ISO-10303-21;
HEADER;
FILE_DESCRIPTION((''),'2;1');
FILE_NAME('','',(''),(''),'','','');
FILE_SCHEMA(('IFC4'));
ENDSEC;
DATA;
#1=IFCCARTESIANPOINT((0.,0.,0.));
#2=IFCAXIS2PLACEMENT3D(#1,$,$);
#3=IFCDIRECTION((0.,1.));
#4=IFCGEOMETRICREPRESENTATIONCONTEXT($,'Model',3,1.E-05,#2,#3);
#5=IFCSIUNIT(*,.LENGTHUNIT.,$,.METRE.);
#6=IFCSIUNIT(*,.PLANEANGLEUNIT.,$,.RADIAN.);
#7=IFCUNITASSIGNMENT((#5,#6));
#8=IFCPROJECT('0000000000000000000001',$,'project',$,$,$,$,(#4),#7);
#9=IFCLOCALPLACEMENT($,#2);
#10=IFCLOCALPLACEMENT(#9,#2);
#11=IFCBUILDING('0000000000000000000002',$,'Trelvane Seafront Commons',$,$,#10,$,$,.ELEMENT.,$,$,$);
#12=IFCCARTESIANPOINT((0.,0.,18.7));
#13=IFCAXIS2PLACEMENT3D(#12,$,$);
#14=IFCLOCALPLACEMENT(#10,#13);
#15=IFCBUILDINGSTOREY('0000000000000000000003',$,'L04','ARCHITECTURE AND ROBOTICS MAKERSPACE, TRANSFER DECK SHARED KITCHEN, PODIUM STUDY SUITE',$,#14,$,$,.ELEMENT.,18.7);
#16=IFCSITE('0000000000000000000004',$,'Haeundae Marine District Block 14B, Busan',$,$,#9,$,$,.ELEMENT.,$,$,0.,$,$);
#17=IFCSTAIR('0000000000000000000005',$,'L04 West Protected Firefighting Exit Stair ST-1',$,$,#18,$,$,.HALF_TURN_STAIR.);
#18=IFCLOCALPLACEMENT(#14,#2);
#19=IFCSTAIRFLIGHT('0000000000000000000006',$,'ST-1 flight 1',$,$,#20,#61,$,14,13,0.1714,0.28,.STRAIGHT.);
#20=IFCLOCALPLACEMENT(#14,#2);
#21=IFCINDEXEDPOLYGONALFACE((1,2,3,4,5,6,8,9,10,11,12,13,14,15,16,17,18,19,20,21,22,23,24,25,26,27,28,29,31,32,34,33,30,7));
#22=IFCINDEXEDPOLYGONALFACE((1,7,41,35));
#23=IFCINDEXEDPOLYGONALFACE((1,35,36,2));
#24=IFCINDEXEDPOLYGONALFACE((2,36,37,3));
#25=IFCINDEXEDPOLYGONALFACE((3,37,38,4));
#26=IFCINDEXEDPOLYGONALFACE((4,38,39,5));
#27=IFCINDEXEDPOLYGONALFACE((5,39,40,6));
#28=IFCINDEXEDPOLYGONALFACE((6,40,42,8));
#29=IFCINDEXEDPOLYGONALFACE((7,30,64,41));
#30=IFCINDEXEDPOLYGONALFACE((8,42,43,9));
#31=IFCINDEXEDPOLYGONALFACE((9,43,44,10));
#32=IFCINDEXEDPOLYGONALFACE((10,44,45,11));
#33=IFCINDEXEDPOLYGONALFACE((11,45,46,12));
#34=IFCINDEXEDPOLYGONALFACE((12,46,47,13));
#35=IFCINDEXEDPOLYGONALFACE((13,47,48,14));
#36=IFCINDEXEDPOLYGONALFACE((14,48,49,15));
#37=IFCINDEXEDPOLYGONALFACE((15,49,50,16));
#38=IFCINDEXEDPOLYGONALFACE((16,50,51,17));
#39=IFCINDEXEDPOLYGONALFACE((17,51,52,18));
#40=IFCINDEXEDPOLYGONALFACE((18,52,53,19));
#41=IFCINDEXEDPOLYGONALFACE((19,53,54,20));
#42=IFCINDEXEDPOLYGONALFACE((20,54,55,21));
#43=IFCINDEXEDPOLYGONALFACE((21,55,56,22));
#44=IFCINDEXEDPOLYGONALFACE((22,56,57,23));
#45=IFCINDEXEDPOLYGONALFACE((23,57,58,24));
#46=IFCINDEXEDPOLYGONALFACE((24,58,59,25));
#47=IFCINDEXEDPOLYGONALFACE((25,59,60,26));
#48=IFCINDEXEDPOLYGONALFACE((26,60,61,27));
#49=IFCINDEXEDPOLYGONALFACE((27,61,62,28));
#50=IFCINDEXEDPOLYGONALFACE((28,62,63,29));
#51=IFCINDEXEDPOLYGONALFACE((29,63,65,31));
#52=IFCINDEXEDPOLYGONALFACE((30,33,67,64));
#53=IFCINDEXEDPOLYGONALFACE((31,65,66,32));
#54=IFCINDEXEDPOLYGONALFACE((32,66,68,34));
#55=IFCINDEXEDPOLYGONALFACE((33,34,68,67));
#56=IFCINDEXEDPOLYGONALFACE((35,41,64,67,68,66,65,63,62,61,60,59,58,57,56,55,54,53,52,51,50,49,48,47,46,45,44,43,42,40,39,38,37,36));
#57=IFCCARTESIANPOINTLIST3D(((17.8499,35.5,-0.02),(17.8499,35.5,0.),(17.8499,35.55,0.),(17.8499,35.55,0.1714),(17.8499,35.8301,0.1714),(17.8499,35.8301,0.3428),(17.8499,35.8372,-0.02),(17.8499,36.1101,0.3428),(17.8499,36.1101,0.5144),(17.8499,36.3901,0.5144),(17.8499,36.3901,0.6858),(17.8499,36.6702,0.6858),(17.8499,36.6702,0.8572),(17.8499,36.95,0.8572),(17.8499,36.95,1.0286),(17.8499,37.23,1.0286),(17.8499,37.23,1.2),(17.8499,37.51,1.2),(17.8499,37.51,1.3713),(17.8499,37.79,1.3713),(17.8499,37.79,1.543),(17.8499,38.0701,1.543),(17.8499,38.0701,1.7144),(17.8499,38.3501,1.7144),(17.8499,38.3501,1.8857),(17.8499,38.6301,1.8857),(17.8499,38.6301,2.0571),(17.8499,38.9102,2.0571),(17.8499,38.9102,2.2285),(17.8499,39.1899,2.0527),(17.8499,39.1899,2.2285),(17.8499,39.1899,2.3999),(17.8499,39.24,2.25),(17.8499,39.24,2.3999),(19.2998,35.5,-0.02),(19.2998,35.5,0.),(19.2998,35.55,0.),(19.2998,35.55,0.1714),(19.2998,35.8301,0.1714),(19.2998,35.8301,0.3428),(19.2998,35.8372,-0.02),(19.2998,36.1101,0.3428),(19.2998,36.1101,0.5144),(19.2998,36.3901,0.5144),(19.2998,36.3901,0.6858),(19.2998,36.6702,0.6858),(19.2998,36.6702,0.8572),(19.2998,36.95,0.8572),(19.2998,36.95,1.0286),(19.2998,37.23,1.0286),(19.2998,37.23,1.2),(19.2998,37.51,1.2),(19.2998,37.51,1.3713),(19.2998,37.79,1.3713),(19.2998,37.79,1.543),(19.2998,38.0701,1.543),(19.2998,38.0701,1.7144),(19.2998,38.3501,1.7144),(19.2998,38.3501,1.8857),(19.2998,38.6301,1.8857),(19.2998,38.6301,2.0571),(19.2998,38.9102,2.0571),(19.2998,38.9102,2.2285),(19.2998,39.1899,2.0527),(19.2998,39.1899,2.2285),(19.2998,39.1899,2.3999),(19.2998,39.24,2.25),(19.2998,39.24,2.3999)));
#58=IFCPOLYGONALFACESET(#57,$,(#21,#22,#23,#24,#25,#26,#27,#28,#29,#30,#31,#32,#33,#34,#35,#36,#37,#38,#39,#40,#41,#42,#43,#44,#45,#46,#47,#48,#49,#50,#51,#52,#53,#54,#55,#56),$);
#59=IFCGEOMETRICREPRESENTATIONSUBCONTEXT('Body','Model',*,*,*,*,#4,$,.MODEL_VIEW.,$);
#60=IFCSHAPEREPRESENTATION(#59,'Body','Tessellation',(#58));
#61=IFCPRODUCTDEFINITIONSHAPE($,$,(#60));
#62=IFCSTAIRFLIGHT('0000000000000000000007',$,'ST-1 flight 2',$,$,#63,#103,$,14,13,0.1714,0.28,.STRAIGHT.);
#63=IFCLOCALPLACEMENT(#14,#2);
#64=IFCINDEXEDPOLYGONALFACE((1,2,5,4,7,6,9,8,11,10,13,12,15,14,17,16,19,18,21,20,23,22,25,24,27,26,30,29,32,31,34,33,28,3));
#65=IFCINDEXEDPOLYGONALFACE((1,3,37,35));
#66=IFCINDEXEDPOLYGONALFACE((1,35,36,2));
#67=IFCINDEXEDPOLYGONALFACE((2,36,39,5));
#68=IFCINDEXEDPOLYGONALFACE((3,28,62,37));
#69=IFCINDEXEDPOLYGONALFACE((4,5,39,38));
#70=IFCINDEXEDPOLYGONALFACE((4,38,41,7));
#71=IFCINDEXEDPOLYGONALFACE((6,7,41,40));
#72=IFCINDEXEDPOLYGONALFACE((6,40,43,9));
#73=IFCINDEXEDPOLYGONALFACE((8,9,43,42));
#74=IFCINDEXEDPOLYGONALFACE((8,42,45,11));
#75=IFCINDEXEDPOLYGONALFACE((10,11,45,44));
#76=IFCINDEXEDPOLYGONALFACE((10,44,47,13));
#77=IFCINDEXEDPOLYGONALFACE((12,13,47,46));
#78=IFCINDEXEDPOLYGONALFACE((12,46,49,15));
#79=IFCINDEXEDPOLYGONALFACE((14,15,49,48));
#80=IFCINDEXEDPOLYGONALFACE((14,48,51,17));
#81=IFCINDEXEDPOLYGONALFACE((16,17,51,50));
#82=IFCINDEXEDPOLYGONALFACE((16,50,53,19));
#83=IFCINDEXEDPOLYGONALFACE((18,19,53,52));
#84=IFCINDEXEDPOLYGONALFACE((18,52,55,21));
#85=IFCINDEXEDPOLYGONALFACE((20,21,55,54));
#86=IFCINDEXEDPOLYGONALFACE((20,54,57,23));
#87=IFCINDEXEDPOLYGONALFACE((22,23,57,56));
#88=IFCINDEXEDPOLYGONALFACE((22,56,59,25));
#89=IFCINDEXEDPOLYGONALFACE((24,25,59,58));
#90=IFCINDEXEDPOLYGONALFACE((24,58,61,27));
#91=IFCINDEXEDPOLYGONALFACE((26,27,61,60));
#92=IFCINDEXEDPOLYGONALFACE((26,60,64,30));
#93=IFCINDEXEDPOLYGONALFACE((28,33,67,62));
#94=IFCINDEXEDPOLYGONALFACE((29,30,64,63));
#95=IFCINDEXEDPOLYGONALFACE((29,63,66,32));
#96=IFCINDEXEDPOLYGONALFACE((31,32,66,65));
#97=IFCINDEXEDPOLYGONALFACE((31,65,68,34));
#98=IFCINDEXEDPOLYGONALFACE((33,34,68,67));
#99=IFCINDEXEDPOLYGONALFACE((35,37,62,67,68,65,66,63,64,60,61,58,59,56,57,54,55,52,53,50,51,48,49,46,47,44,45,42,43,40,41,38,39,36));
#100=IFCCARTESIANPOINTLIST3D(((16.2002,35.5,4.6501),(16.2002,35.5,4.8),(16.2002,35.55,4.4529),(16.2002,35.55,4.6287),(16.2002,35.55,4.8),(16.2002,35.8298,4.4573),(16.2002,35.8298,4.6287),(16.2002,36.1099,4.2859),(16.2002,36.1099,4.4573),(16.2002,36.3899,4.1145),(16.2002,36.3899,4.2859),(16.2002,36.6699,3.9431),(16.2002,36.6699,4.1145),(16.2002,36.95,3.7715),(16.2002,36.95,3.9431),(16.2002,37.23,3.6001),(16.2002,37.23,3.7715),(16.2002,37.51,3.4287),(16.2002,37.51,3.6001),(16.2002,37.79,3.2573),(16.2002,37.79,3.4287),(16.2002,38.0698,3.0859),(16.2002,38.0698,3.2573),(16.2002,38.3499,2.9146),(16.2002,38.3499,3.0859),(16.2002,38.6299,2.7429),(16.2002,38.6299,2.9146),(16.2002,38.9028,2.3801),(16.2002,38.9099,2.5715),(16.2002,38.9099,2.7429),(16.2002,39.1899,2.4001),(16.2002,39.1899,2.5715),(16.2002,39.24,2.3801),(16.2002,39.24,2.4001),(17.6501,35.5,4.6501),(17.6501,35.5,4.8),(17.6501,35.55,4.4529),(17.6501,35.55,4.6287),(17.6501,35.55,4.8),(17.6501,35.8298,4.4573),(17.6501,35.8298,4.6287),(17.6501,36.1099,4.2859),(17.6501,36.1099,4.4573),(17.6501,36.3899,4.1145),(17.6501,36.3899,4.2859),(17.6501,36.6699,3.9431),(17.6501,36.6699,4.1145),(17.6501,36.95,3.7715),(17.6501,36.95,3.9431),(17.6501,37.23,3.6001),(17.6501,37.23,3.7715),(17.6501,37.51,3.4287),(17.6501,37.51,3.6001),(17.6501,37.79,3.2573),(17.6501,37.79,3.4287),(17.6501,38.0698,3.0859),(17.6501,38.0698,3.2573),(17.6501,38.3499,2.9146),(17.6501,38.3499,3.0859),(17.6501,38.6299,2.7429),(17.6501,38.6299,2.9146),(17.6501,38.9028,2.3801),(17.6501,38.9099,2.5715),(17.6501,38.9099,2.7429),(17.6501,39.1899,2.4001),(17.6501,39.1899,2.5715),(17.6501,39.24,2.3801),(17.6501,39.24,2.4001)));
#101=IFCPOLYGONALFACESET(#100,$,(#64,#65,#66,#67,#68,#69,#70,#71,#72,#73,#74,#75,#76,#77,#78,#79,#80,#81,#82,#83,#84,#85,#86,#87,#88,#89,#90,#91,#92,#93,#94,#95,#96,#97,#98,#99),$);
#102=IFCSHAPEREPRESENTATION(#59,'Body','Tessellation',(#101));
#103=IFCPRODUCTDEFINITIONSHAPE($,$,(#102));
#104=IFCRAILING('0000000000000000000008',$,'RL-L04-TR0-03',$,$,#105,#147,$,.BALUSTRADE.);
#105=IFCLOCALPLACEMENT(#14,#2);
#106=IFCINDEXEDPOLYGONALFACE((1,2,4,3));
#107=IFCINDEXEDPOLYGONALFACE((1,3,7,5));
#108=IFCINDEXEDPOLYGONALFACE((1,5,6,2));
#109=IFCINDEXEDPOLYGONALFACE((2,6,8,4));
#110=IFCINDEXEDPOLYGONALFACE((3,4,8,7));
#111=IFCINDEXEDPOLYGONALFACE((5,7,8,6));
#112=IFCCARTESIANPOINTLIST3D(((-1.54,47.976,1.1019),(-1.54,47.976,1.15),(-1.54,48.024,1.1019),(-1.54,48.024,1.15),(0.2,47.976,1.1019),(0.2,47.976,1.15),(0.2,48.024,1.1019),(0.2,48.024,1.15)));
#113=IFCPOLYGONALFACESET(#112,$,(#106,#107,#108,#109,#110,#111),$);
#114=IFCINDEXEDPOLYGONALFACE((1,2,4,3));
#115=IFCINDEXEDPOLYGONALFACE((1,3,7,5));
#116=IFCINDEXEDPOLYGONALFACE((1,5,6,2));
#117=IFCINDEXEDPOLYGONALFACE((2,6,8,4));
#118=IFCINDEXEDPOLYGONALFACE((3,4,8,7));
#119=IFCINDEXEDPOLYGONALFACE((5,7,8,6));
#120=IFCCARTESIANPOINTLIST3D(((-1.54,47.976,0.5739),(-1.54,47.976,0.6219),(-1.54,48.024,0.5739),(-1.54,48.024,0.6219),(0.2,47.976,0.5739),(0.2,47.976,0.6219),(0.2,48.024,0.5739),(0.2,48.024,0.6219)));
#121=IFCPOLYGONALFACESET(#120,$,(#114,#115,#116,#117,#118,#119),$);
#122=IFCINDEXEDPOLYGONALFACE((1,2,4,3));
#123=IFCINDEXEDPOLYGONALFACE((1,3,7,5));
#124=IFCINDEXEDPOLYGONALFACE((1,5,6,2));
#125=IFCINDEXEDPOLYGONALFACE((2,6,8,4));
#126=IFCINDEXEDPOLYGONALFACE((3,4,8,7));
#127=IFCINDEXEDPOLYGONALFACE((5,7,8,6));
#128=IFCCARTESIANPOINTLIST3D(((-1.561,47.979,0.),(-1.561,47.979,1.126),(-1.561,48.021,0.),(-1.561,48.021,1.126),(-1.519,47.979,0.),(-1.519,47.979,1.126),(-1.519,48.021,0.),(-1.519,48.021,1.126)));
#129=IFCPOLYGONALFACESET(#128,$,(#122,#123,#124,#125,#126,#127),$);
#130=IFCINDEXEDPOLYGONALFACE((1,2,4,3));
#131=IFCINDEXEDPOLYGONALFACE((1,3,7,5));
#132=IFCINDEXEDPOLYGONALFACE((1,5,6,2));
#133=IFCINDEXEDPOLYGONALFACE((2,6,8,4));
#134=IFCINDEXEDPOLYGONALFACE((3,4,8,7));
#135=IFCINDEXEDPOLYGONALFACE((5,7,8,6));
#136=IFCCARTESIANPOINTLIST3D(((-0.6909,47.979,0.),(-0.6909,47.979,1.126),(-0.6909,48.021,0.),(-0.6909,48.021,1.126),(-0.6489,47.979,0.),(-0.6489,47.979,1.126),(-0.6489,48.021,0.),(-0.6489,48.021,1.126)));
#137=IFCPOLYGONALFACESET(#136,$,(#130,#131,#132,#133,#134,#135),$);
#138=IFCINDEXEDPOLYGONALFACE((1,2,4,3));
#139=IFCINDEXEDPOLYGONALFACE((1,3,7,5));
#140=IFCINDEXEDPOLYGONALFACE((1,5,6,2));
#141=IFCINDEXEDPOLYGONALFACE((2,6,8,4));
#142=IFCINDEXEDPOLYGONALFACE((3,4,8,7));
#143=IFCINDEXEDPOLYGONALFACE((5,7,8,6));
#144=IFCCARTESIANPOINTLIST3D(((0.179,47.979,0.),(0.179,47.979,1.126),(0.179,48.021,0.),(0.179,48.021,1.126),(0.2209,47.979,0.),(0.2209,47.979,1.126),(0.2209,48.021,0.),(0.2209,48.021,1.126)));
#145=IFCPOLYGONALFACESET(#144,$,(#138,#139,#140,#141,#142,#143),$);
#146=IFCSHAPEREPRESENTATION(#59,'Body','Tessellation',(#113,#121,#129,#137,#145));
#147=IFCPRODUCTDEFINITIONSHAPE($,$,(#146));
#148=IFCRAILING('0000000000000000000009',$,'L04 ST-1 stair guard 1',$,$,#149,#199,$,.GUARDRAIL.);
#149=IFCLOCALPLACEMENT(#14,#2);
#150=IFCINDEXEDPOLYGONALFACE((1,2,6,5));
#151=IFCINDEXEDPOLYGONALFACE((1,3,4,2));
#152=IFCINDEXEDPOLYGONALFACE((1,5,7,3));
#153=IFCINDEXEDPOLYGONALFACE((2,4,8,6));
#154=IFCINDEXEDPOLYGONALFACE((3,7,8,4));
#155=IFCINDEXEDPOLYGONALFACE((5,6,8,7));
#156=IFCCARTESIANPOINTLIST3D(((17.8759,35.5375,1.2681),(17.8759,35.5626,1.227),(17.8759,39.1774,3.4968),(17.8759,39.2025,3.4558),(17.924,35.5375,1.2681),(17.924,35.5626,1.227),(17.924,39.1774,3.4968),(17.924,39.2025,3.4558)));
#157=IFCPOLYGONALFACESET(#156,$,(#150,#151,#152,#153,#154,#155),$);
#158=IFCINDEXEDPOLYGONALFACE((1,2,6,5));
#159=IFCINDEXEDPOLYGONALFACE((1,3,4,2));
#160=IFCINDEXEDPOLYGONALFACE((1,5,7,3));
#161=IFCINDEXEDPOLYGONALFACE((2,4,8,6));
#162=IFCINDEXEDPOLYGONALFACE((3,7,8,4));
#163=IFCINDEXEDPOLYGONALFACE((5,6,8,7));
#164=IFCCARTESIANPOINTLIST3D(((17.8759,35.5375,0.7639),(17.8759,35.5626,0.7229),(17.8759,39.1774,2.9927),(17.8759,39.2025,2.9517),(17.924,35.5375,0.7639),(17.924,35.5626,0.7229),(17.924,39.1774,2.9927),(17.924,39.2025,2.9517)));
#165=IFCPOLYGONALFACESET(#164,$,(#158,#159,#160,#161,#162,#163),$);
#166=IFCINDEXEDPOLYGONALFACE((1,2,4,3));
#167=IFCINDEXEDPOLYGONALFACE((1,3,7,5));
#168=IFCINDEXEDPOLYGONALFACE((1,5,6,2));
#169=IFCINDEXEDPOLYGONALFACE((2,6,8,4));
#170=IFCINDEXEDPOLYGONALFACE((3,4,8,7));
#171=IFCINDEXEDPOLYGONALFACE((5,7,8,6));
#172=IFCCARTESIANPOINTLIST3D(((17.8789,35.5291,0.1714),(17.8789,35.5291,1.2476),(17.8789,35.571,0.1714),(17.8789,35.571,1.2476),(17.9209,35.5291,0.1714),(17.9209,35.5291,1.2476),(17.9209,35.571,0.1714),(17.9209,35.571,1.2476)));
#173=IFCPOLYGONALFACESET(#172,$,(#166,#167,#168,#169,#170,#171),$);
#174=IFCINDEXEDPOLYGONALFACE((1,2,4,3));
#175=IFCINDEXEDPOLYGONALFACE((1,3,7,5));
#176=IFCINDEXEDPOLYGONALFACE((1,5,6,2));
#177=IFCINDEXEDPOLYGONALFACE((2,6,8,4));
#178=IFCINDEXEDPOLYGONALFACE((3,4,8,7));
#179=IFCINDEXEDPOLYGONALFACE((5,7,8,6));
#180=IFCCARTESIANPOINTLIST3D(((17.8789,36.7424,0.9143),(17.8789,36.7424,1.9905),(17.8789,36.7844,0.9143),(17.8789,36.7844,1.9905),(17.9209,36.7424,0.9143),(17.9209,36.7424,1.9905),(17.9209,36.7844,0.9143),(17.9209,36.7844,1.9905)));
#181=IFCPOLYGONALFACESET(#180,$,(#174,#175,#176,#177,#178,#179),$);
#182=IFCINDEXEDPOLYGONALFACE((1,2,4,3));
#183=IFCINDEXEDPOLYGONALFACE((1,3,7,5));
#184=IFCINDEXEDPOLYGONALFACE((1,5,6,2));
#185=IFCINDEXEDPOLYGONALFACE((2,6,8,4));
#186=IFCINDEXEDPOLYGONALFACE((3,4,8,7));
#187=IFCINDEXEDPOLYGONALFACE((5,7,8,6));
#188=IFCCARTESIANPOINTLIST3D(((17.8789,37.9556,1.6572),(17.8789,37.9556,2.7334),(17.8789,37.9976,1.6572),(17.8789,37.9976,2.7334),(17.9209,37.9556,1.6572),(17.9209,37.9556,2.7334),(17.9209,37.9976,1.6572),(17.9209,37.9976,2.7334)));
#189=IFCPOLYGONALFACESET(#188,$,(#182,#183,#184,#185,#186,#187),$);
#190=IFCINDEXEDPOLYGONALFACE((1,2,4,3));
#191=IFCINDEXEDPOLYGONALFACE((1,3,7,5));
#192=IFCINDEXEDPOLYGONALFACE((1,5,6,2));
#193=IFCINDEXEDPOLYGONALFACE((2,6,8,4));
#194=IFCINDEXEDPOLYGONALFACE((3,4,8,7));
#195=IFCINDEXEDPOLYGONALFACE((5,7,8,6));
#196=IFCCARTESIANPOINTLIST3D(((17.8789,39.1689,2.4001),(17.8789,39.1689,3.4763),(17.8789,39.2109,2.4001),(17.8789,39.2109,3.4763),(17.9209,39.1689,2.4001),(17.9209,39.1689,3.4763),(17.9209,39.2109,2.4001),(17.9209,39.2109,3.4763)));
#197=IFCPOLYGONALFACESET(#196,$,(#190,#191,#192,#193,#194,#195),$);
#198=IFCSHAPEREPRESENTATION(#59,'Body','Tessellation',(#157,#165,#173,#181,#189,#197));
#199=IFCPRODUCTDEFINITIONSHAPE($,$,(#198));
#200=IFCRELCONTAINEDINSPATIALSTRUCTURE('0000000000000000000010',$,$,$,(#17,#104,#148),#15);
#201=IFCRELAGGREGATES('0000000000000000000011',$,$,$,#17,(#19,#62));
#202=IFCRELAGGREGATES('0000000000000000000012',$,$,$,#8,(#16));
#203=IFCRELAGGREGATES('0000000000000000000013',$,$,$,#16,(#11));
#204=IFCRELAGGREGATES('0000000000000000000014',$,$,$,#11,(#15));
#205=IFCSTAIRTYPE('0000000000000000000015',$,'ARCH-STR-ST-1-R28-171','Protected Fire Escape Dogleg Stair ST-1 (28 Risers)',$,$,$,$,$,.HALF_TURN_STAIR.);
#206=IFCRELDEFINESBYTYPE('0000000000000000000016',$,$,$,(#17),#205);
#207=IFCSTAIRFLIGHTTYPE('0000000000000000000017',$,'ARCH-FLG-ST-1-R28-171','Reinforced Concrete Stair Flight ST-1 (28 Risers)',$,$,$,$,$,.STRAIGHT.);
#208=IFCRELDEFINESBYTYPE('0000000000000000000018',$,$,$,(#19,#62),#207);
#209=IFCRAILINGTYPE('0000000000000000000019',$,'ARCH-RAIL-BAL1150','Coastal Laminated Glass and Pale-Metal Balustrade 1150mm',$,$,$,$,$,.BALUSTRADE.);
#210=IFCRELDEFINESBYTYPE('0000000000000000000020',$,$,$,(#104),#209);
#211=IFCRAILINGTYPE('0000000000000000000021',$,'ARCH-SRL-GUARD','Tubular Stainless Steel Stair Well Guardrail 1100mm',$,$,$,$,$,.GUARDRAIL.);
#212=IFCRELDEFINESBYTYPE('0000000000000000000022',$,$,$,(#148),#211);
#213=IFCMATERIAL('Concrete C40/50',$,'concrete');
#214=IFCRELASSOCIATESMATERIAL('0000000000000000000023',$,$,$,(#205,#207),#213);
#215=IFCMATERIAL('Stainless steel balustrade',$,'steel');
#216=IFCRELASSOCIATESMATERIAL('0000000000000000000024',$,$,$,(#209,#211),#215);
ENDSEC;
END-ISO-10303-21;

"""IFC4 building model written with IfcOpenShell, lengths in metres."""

from ifc_helpers import new_model, si_unit, direction, frame, origin, origin_2d, place, context, subcontext, project, spatial, polyline, rectangle, outline, extrude, source, transform, mapped, material, type_object, element, aggregate, save


model = new_model("IFC4")

# Units and contexts
model_context = context("Model", 3, precision=1e-05, world=origin(), true_north=direction((0.0, 1.0)))
body_context = subcontext(model_context, "Body", "Model", "MODEL_VIEW")
ifc_project = project(units=[si_unit("LENGTHUNIT", "METRE"), si_unit("PLANEANGLEUNIT", "RADIAN")], contexts=[model_context])

# Site, building, storey
site_placement = place(None, origin())
site = spatial("IfcSite", under=ifc_project, at=site_placement, Name="Haeundae Marine District Block 14B, Busan", CompositionType="ELEMENT", RefElevation=0.0)
building_placement = place(site_placement, origin())
building = spatial("IfcBuilding", under=site, at=building_placement, Name="Trelvane Seafront Commons", CompositionType="ELEMENT")
storey_placement = place(building_placement, frame((0.0, 0.0, 18.7)))
storey = spatial("IfcBuildingStorey", under=building, at=storey_placement, Name="L04", Description="ARCHITECTURE AND ROBOTICS MAKERSPACE, TRANSFER DECK SHARED KITCHEN, PODIUM STUDY SUITE", CompositionType="ELEMENT", Elevation=18.7)

# Stair, stair flights
ifc_material_1 = material(Name="Concrete C40/50", Category="concrete")
stair_type = type_object("IfcStairType", Name="ARCH-STR-ST-1-R28-171", Description="Protected Fire Escape Dogleg Stair ST-1 (28 Risers)", PredefinedType="HALF_TURN_STAIR", material=ifc_material_1)
stair_placement = place(storey_placement, origin())
stair = element("IfcStair", 1, at=stair_placement, inside=storey, type_object=stair_type, Name="L04 West Protected Firefighting Exit Stair ST-1", PredefinedType="HALF_TURN_STAIR")
stair_flight_type = type_object("IfcStairFlightType", Name="ARCH-FLG-ST-1-R28-171", Description="Reinforced Concrete Stair Flight ST-1 (28 Risers)", PredefinedType="STRAIGHT", material=ifc_material_1)
shared_shape_1 = source(origin(), body_context, "Body", "SweptSolid", [
    extrude(outline(polyline([(-0.05, -0.02), (-0.05, 0.0), (0.0, 0.0), (0.0, 0.1714), (0.28, 0.1714), (0.28, 0.3428), (0.5601, 0.3428), (0.5601, 0.5144), (0.8401, 0.5144), (0.8401, 0.6858), (1.1201, 0.6858), (1.1201, 0.8572), (1.3999, 0.8572), (1.3999, 1.0286), (1.6799, 1.0286), (1.6799, 1.2), (1.96, 1.2), (1.96, 1.3713), (2.24, 1.3713), (2.24, 1.543), (2.52, 1.543), (2.52, 1.7144), (2.8, 1.7144), (2.8, 1.8857), (3.0801, 1.8857), (3.0801, 2.0571), (3.3601, 2.0571), (3.3601, 2.2285), (3.6399, 2.2285), (3.6399, 2.3999), (3.6899, 2.3999), (3.6899, 2.25), (3.6399, 2.0527), (0.2871, -0.02), (-0.05, -0.02)])), frame((0.0, 0.7251, 0.0), z_axis=(0.0, -1.0, 0.0), x_axis=(1.0, 0.0, 0.0)), (0.0, 0.0, 1.0), 1.45),
])
stair_flight_1_placement = place(storey_placement, frame((18.575, 35.55, 0.0), z_axis=(0.0, 0.0, 1.0), x_axis=(0.0, 1.0, 0.0)))
stair_flight_1 = element("IfcStairFlight", 2, at=stair_flight_1_placement, type_object=stair_flight_type, Name="ST-1 flight 1", NumberOfRisers=14, NumberOfTreads=13, PredefinedType="STRAIGHT", RiserHeight=0.1714, TreadLength=0.28, context=body_context, shape_type="MappedRepresentation", body=[
    mapped(shared_shape_1, transform((0.0, 0.0, 0.0), x_axis=(1.0, 0.0, 0.0), y_axis=(0.0, 1.0, 0.0), z_axis=(0.0, 0.0, 1.0), scale=1.0)),
])
stair_flight_2_placement = place(storey_placement, frame((16.925, 39.1899, 2.4001), z_axis=(0.0, 0.0, 1.0), x_axis=(0.0, -1.0, 0.0)))
stair_flight_2 = element("IfcStairFlight", 3, at=stair_flight_2_placement, type_object=stair_flight_type, Name="ST-1 flight 2", NumberOfRisers=14, NumberOfTreads=13, PredefinedType="STRAIGHT", RiserHeight=0.1714, TreadLength=0.28, context=body_context, shape_type="MappedRepresentation", body=[
    mapped(shared_shape_1, transform((0.0, 0.0, 0.0), x_axis=(1.0, 0.0, 0.0), y_axis=(0.0, 1.0, 0.0), z_axis=(0.0, 0.0, 1.0), scale=1.0)),
])
aggregate(stair, [stair_flight_1, stair_flight_2])

# Railings
ifc_material_2 = material(Name="Stainless steel balustrade", Category="steel")
railing_type_1 = type_object("IfcRailingType", Name="ARCH-RAIL-BAL1150", Description="Coastal Laminated Glass and Pale-Metal Balustrade 1150mm", PredefinedType="BALUSTRADE", material=ifc_material_2)
railing_1_placement = place(storey_placement, frame((-1.54, 48.0, 0.0)))
element("IfcRailing", 4, at=railing_1_placement, inside=storey, type_object=railing_type_1, Name="RL-L04-TR0-03", PredefinedType="BALUSTRADE", context=body_context, shape_type="SweptSolid", body=[
    extrude(rectangle(XDim=0.0481, YDim=0.0481, at=origin_2d()), frame((0.0, 0.0, 1.126), z_axis=(1.0, 0.0, 0.0), x_axis=(0.0, 1.0, 0.0)), (0.0, 0.0, 1.0), 1.74),
    extrude(rectangle(XDim=0.0481, YDim=0.0481, at=origin_2d()), frame((0.0, 0.0, 0.5979), z_axis=(1.0, 0.0, 0.0), x_axis=(0.0, 1.0, 0.0)), (0.0, 0.0, 1.0), 1.74),
    extrude(rectangle(XDim=0.042, YDim=0.042, at=origin_2d()), origin(), (0.0, 0.0, 1.0), 1.126),
    extrude(rectangle(XDim=0.042, YDim=0.042, at=origin_2d()), frame((0.8701, 0.0, 0.0)), (0.0, 0.0, 1.0), 1.126),
    extrude(rectangle(XDim=0.042, YDim=0.042, at=origin_2d()), frame((1.74, 0.0, 0.0)), (0.0, 0.0, 1.0), 1.126),
])
railing_type_2 = type_object("IfcRailingType", Name="ARCH-SRL-GUARD", Description="Tubular Stainless Steel Stair Well Guardrail 1100mm", PredefinedType="GUARDRAIL", material=ifc_material_2)
railing_2_placement = place(storey_placement, frame((17.8999, 35.55, 0.1714)))
element("IfcRailing", 5, at=railing_2_placement, inside=storey, type_object=railing_type_2, Name="L04 ST-1 stair guard 1", PredefinedType="GUARDRAIL", context=body_context, shape_type="SweptSolid", body=[
    extrude(rectangle(XDim=0.0481, YDim=0.0481, at=origin_2d()), frame((0.0, 0.0, 1.0762), z_axis=(0.0, 0.852825, 0.522197), x_axis=(-1.0, 0.0, 0.0)), (0.0, 0.0, 1.0), 4.2681),
    extrude(rectangle(XDim=0.0481, YDim=0.0481, at=origin_2d()), frame((0.0, 0.0, 0.572), z_axis=(0.0, 0.852825, 0.522197), x_axis=(-1.0, 0.0, 0.0)), (0.0, 0.0, 1.0), 4.2681),
    extrude(rectangle(XDim=0.042, YDim=0.042, at=origin_2d()), origin(), (0.0, 0.0, 1.0), 1.0762),
    extrude(rectangle(XDim=0.042, YDim=0.042, at=origin_2d()), frame((0.0, 1.2134, 0.7429)), (0.0, 0.0, 1.0), 1.0762),
    extrude(rectangle(XDim=0.042, YDim=0.042, at=origin_2d()), frame((0.0, 2.4265, 1.4858)), (0.0, 0.0, 1.0), 1.0762),
    extrude(rectangle(XDim=0.042, YDim=0.042, at=origin_2d()), frame((0.0, 3.6399, 2.2288)), (0.0, 0.0, 1.0), 1.0762),
])

save(model, "model.ifc")
